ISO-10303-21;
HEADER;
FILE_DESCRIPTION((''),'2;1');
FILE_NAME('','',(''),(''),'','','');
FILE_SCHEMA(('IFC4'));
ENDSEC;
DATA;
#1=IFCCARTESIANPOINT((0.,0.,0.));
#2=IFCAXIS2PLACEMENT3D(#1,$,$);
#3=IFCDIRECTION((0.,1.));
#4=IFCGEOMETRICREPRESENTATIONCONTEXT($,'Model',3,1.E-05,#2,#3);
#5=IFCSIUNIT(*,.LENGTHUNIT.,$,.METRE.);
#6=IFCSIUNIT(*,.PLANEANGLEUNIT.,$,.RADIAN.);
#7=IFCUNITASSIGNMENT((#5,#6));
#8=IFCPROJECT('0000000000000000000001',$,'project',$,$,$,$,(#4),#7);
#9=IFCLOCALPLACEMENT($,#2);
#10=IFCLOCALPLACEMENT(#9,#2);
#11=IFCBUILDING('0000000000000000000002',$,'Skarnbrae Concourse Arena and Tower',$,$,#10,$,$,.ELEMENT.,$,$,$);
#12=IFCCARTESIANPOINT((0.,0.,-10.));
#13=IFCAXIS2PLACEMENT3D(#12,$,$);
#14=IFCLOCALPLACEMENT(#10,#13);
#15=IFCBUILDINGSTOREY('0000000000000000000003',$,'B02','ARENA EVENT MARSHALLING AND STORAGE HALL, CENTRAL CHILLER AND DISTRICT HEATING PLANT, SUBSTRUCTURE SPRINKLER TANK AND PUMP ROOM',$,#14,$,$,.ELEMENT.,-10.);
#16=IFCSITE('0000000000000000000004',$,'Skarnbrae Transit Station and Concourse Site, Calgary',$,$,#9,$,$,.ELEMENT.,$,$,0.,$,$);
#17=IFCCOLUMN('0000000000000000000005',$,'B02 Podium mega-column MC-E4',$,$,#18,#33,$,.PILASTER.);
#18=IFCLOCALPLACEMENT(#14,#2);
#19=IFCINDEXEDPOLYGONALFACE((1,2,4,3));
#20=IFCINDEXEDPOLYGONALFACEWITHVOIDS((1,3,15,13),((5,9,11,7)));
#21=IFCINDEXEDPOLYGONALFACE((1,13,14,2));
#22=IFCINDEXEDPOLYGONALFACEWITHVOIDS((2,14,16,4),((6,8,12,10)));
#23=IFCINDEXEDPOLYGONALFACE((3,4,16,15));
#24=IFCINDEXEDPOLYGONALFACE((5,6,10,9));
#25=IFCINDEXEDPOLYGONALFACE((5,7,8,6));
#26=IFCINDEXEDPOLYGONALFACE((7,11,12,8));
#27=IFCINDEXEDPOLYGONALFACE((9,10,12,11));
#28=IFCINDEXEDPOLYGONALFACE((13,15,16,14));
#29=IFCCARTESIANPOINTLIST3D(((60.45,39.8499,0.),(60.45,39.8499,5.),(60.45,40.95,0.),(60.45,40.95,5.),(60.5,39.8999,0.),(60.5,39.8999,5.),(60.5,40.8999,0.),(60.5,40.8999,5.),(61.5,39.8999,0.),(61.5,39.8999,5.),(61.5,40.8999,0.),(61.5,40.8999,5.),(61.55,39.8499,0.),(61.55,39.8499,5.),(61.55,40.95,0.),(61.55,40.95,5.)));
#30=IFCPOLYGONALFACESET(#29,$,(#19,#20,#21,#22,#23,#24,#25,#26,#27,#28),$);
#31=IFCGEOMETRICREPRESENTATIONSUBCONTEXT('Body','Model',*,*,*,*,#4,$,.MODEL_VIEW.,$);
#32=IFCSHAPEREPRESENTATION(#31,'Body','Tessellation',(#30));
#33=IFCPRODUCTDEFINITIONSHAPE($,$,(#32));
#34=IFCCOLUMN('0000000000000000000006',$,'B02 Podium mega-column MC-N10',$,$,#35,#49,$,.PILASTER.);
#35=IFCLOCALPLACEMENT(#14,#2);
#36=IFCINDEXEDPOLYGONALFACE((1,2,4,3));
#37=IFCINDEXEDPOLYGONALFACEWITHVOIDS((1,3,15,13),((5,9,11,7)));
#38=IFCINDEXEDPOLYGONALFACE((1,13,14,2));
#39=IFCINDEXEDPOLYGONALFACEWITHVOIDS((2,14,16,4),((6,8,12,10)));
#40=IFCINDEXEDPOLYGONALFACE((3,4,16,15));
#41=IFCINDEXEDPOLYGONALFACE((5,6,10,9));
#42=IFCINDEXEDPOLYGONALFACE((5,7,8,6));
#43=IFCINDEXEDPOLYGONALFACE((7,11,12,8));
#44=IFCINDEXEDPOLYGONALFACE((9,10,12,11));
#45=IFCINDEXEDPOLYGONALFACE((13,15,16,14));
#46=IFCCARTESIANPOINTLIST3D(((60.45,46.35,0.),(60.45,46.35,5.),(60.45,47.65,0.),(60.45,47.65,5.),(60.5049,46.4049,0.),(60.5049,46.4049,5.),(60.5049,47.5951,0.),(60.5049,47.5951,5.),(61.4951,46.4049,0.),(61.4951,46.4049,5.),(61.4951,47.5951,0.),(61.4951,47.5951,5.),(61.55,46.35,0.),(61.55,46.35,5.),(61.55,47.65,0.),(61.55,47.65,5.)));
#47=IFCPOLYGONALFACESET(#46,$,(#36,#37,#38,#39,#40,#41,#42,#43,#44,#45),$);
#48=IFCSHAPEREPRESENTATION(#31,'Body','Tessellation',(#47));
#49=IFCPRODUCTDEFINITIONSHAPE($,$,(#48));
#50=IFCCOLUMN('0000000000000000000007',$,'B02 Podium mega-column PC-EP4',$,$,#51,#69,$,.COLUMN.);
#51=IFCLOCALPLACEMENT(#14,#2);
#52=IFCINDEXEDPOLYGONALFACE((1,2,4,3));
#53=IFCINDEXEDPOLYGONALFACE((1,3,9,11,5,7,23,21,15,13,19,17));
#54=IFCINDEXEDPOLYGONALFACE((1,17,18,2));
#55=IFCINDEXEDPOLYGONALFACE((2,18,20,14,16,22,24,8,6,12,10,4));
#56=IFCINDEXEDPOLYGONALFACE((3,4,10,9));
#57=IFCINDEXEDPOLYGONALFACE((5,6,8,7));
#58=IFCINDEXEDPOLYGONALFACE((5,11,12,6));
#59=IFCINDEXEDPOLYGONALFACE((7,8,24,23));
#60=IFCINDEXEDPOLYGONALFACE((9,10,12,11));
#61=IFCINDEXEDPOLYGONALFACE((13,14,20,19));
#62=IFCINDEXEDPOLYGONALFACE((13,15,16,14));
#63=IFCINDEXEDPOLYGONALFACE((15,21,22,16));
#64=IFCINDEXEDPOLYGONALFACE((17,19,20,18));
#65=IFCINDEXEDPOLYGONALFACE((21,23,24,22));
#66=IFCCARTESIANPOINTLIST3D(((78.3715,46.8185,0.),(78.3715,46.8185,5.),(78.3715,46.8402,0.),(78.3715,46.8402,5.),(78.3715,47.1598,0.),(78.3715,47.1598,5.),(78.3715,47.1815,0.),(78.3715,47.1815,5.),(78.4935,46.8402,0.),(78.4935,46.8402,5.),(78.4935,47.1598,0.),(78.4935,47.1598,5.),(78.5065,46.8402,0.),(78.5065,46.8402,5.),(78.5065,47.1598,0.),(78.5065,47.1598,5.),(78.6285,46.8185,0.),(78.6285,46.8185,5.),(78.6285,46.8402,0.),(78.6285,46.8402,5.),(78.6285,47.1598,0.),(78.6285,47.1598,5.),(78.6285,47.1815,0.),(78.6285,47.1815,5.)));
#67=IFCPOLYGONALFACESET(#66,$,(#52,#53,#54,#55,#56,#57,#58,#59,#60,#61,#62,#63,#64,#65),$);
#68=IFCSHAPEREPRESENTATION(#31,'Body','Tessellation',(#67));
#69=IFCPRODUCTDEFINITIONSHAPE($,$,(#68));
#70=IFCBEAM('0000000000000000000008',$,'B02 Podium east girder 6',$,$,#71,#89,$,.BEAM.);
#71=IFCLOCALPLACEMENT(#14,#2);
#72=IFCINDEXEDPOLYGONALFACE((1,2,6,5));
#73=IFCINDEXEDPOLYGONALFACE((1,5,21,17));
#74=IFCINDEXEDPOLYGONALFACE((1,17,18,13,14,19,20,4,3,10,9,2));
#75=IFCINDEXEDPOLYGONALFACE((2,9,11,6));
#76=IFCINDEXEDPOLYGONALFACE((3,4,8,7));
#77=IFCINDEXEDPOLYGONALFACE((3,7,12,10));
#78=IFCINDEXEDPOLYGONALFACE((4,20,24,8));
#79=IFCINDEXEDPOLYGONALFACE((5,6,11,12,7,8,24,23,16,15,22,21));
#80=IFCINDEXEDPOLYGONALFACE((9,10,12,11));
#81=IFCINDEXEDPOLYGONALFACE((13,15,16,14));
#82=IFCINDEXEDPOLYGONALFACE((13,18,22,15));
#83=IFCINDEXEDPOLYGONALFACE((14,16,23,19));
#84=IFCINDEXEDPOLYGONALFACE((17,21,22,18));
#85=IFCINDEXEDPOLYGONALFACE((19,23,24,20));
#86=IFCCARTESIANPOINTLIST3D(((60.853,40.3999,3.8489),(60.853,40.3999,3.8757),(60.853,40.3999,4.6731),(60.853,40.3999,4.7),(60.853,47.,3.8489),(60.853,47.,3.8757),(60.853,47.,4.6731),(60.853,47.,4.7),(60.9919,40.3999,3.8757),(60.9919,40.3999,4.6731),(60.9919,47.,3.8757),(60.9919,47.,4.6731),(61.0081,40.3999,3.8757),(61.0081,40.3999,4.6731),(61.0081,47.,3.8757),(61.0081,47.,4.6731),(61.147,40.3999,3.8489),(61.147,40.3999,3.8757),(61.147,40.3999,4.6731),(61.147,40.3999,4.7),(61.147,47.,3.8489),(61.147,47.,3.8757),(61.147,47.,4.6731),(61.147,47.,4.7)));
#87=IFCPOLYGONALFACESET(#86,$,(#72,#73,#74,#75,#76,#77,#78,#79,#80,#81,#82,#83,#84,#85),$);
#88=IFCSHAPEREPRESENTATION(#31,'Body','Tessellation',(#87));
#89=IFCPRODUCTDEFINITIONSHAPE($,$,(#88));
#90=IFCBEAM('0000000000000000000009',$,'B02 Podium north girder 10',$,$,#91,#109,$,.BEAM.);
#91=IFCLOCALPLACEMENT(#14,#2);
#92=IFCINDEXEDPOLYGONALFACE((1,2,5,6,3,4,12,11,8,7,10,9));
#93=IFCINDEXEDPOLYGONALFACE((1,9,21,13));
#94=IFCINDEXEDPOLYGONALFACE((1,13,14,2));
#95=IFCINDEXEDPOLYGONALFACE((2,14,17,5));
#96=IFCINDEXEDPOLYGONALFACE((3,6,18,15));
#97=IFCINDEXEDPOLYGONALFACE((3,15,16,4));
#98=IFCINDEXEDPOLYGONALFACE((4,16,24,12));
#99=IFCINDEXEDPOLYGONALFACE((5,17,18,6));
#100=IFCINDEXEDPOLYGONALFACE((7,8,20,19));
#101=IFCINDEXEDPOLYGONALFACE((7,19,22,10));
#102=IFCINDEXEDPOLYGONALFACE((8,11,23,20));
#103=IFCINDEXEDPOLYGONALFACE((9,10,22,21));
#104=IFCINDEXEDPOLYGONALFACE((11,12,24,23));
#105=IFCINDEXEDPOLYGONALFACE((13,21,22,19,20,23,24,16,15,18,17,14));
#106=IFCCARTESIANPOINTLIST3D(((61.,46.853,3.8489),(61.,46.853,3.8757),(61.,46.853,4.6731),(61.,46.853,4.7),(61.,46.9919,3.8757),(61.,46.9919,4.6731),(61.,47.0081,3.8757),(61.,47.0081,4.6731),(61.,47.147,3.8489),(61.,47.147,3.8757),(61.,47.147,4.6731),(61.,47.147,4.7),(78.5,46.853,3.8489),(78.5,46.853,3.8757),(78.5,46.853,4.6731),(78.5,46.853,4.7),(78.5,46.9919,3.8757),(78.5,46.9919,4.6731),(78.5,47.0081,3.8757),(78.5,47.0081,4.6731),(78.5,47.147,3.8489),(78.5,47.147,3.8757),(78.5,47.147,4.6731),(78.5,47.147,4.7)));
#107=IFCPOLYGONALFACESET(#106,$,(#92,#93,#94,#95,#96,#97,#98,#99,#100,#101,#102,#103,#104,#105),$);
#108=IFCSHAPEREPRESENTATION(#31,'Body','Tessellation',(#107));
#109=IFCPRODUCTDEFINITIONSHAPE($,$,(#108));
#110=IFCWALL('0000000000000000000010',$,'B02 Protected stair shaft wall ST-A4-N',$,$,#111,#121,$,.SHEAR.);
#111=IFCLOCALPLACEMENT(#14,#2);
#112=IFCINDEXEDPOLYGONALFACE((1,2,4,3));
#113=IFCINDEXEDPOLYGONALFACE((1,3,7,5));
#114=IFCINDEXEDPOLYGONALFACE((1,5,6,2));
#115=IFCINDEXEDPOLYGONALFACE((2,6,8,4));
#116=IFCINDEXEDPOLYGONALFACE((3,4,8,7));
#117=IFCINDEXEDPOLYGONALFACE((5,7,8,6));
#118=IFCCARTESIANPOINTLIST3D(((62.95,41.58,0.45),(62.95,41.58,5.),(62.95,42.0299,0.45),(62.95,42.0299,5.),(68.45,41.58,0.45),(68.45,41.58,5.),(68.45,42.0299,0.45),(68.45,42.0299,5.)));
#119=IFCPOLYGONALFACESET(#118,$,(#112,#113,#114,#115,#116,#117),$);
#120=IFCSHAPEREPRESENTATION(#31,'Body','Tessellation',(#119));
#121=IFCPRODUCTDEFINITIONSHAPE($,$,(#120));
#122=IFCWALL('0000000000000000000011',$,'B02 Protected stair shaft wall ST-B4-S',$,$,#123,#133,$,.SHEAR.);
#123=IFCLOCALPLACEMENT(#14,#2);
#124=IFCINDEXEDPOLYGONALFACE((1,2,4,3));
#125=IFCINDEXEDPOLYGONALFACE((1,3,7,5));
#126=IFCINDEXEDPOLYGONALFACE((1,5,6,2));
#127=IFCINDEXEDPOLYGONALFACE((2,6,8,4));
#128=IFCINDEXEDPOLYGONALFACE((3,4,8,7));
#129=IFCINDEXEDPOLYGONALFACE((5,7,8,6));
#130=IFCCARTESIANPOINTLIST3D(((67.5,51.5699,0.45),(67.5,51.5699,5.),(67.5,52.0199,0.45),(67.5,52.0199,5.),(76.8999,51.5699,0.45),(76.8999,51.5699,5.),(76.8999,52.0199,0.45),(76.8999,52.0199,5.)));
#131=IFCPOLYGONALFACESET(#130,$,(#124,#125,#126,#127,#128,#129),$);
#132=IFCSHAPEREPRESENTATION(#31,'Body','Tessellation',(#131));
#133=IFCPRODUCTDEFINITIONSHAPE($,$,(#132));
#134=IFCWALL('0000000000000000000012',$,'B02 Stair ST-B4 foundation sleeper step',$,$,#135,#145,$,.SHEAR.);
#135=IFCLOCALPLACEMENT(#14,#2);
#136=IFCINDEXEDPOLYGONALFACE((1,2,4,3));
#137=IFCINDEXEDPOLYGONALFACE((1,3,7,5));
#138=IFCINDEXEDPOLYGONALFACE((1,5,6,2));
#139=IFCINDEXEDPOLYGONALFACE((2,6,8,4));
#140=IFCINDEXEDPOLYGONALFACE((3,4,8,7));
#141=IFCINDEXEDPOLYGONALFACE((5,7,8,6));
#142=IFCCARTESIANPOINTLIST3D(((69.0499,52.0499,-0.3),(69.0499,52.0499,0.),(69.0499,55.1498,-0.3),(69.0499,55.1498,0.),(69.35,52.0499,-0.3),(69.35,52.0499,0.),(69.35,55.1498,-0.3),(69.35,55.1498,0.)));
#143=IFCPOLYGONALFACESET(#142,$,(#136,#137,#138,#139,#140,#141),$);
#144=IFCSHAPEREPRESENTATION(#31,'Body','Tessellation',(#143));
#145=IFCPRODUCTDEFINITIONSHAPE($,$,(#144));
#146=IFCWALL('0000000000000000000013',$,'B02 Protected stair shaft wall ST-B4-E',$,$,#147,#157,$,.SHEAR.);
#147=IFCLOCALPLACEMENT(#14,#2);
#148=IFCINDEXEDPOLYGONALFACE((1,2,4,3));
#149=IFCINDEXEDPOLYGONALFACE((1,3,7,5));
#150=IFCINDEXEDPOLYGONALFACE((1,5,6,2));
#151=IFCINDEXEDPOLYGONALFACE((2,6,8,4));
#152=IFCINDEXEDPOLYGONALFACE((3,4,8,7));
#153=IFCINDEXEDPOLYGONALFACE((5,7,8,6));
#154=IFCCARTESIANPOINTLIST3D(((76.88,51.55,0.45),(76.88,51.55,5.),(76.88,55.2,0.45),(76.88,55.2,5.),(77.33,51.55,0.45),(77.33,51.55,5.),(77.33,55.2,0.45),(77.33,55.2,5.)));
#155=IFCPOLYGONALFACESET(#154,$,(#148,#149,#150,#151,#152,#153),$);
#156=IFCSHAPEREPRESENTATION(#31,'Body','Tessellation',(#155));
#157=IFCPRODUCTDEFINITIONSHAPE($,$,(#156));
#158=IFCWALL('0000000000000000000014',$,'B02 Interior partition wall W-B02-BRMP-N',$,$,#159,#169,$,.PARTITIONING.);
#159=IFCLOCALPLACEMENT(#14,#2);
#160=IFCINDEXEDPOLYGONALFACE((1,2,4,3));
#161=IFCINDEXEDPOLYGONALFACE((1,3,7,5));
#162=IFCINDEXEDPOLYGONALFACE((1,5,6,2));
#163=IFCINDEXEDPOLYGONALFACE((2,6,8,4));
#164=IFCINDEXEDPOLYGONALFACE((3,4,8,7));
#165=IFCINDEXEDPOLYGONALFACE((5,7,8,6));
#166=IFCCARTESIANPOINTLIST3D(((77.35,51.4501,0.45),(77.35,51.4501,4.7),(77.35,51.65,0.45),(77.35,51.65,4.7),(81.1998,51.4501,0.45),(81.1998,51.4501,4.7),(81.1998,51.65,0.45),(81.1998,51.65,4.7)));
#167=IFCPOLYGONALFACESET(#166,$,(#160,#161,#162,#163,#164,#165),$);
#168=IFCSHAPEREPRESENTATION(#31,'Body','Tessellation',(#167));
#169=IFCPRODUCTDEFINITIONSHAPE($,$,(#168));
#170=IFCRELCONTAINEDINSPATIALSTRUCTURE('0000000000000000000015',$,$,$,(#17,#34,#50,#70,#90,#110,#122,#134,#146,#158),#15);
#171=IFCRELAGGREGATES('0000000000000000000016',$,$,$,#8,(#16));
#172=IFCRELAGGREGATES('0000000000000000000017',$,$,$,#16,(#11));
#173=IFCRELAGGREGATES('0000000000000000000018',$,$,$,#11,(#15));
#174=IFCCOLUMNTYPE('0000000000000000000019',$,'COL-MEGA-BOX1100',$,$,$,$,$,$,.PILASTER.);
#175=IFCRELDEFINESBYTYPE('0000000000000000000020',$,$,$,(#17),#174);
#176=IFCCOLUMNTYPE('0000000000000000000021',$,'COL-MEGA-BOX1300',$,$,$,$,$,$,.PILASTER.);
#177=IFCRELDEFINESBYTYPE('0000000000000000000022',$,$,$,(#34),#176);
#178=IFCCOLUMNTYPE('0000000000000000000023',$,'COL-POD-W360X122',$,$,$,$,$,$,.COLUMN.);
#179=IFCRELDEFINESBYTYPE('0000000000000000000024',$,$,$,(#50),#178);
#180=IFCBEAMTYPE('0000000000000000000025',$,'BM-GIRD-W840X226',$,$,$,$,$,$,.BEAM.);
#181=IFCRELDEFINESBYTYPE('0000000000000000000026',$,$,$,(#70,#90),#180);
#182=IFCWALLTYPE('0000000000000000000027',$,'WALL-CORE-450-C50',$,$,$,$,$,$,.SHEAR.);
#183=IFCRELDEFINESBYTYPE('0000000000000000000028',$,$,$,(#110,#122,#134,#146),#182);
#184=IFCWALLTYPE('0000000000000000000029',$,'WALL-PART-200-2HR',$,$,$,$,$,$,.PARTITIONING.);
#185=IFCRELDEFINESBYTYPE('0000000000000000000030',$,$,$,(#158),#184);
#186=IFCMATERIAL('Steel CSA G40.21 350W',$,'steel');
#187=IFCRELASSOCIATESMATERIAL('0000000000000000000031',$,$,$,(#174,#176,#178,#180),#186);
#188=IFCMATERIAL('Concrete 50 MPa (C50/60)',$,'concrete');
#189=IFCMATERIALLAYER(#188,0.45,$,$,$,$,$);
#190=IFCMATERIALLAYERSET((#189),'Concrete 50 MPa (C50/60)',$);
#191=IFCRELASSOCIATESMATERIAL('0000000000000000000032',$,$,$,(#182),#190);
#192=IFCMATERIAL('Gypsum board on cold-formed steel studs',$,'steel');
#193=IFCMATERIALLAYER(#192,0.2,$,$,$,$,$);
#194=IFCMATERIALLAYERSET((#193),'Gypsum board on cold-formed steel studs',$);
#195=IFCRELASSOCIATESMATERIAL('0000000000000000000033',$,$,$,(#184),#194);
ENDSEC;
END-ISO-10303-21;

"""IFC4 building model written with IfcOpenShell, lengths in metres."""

from ifc_helpers import new_model, si_unit, direction, frame, frame_2d, origin, origin_2d, place, context, subcontext, project, spatial, rectangle, hollow_rectangle, i_section, extrude, source, transform, mapped, material, layer, layer_set, material_profile, profile_set, type_object, element, save


model = new_model("IFC4")

# Units and contexts
model_context = context("Model", 3, precision=1e-05, world=origin(), true_north=direction((0.0, 1.0)))
body_context = subcontext(model_context, "Body", "Model", "MODEL_VIEW")
ifc_project = project(units=[si_unit("LENGTHUNIT", "METRE"), si_unit("PLANEANGLEUNIT", "RADIAN")], contexts=[model_context])

# Site, building, storey
site_placement = place(None, origin())
site = spatial("IfcSite", under=ifc_project, at=site_placement, Name="Skarnbrae Transit Station and Concourse Site, Calgary", CompositionType="ELEMENT", RefElevation=0.0)
building_placement = place(site_placement, origin())
building = spatial("IfcBuilding", under=site, at=building_placement, Name="Skarnbrae Concourse Arena and Tower", CompositionType="ELEMENT")
storey_placement = place(building_placement, frame((0.0, 0.0, -10.0)))
storey = spatial("IfcBuildingStorey", under=building, at=storey_placement, Name="B02", Description="ARENA EVENT MARSHALLING AND STORAGE HALL, CENTRAL CHILLER AND DISTRICT HEATING PLANT, SUBSTRUCTURE SPRINKLER TANK AND PUMP ROOM", CompositionType="ELEMENT", Elevation=-10.0)

# Shared definitions
ifc_material_1 = material(Name="Concrete 50 MPa (C50/60)", Category="concrete")

# Columns
ifc_material_2 = material(Name="Steel CSA G40.21 350W", Category="steel")
ifc_material_profile_1 = material_profile(ifc_material_2, hollow_rectangle(XDim=1.1001, YDim=1.1001, WallThickness=0.05, at=origin_2d()), Name="BOX1100X1100X50")
ifc_profile_set_1 = profile_set([ifc_material_profile_1], Name="Steel CSA G40.21 350W")
column_type_1 = type_object("IfcColumnType", Name="COL-MEGA-BOX1100", PredefinedType="PILASTER", material=ifc_profile_set_1)
shared_shape_1 = source(origin(), body_context, "Body", "SweptSolid", [
    extrude(hollow_rectangle(XDim=1.1001, YDim=1.1001, WallThickness=0.05, at=origin_2d()), origin(), (0.0, 0.0, 1.0), 5.0),
])
column_1_placement = place(storey_placement, frame((61.0, 40.3999, 0.0), z_axis=(0.0, 0.0, 1.0), x_axis=(1.0, 0.0, 0.0)))
element("IfcColumn", 1, at=column_1_placement, inside=storey, type_object=column_type_1, Name="B02 Podium mega-column MC-E4", PredefinedType="PILASTER", context=body_context, shape_type="MappedRepresentation", body=[
    mapped(shared_shape_1, transform((0.0, 0.0, 0.0))),
])
ifc_material_profile_2 = material_profile(ifc_material_2, hollow_rectangle(XDim=1.1001, YDim=1.3, WallThickness=0.0549, at=origin_2d()), Name="BOX1300X1100X55")
ifc_profile_set_2 = profile_set([ifc_material_profile_2], Name="Steel CSA G40.21 350W")
column_type_2 = type_object("IfcColumnType", Name="COL-MEGA-BOX1300", PredefinedType="PILASTER", material=ifc_profile_set_2)
shared_shape_2 = source(origin(), body_context, "Body", "SweptSolid", [
    extrude(hollow_rectangle(XDim=1.1001, YDim=1.3, WallThickness=0.0549, at=origin_2d()), origin(), (0.0, 0.0, 1.0), 5.0),
])
column_2_placement = place(storey_placement, frame((61.0, 47.0, 0.0), z_axis=(0.0, 0.0, 1.0), x_axis=(1.0, 0.0, 0.0)))
element("IfcColumn", 2, at=column_2_placement, inside=storey, type_object=column_type_2, Name="B02 Podium mega-column MC-N10", PredefinedType="PILASTER", context=body_context, shape_type="MappedRepresentation", body=[
    mapped(shared_shape_2, transform((0.0, 0.0, 0.0))),
])
ifc_material_profile_3 = material_profile(ifc_material_2, i_section(OverallWidth=0.2571, OverallDepth=0.363, WebThickness=0.0129, FlangeThickness=0.0217, at=origin_2d()), Name="W360X122")
ifc_profile_set_3 = profile_set([ifc_material_profile_3], Name="Steel CSA G40.21 350W")
column_type_3 = type_object("IfcColumnType", Name="COL-POD-W360X122", PredefinedType="COLUMN", material=ifc_profile_set_3)
shared_shape_3 = source(origin(), body_context, "Body", "SweptSolid", [
    extrude(i_section(OverallWidth=0.2571, OverallDepth=0.363, WebThickness=0.0129, FlangeThickness=0.0217, at=origin_2d()), origin(), (0.0, 0.0, 1.0), 5.0),
])
column_3_placement = place(storey_placement, frame((78.5, 47.0, 0.0), z_axis=(0.0, 0.0, 1.0), x_axis=(1.0, 0.0, 0.0)))
element("IfcColumn", 3, at=column_3_placement, inside=storey, type_object=column_type_3, Name="B02 Podium mega-column PC-EP4", PredefinedType="COLUMN", context=body_context, shape_type="MappedRepresentation", body=[
    mapped(shared_shape_3, transform((0.0, 0.0, 0.0))),
])

# Beams
ifc_material_profile_4 = material_profile(ifc_material_2, i_section(OverallWidth=0.2939, OverallDepth=0.8511, WebThickness=0.0161, FlangeThickness=0.0269, at=origin_2d()), Name="W840X226")
ifc_profile_set_4 = profile_set([ifc_material_profile_4], Name="Steel CSA G40.21 350W")
beam_type = type_object("IfcBeamType", Name="BM-GIRD-W840X226", PredefinedType="BEAM", material=ifc_profile_set_4)
shared_shape_4 = source(origin(), body_context, "Body", "SweptSolid", [
    extrude(i_section(OverallWidth=0.2939, OverallDepth=0.8511, WebThickness=0.0161, FlangeThickness=0.0269, at=origin_2d()), origin(), (0.0, 0.0, 1.0), 6.6001),
])
beam_1_placement = place(storey_placement, frame((61.0, 40.3999, 4.2744), z_axis=(0.0, 1.0, 0.0), x_axis=(-1.0, 0.0, 0.0)))
element("IfcBeam", 4, at=beam_1_placement, inside=storey, type_object=beam_type, Name="B02 Podium east girder 6", PredefinedType="BEAM", context=body_context, shape_type="MappedRepresentation", body=[
    mapped(shared_shape_4, transform((0.0, 0.0, 0.0))),
])
shared_shape_5 = source(origin(), body_context, "Body", "SweptSolid", [
    extrude(i_section(OverallWidth=0.2939, OverallDepth=0.8511, WebThickness=0.0161, FlangeThickness=0.0269, at=origin_2d()), origin(), (0.0, 0.0, 1.0), 17.5),
])
beam_2_placement = place(storey_placement, frame((61.0, 47.0, 4.2744), z_axis=(1.0, 0.0, 0.0), x_axis=(0.0, 1.0, 0.0)))
element("IfcBeam", 5, at=beam_2_placement, inside=storey, type_object=beam_type, Name="B02 Podium north girder 10", PredefinedType="BEAM", context=body_context, shape_type="MappedRepresentation", body=[
    mapped(shared_shape_5, transform((0.0, 0.0, 0.0))),
])

# Walls
ifc_layer_1 = layer(ifc_material_1, 0.45)
ifc_layer_set_1 = layer_set([ifc_layer_1], Name="Concrete 50 MPa (C50/60)")
wall_type_1 = type_object("IfcWallType", Name="WALL-CORE-450-C50", PredefinedType="SHEAR", material=ifc_layer_set_1)
shared_shape_6 = source(origin(), body_context, "Body", "SweptSolid", [
    extrude(rectangle(XDim=5.5, YDim=0.45, at=frame_2d((2.75, 0.0))), origin(), (0.0, 0.0, 1.0), 4.55),
])
wall_1_placement = place(storey_placement, frame((62.95, 41.8049, 0.45), z_axis=(0.0, 0.0, 1.0), x_axis=(1.0, 0.0, 0.0)))
element("IfcWall", 6, at=wall_1_placement, inside=storey, type_object=wall_type_1, Name="B02 Protected stair shaft wall ST-A4-N", PredefinedType="SHEAR", context=body_context, shape_type="MappedRepresentation", body=[
    mapped(shared_shape_6, transform((0.0, 0.0, 0.0))),
])
shared_shape_7 = source(origin(), body_context, "Body", "SweptSolid", [
    extrude(rectangle(XDim=9.3999, YDim=0.45, at=frame_2d((4.7, 0.0))), origin(), (0.0, 0.0, 1.0), 4.55),
])
wall_2_placement = place(storey_placement, frame((67.5, 51.7949, 0.45), z_axis=(0.0, 0.0, 1.0), x_axis=(1.0, 0.0, 0.0)))
element("IfcWall", 7, at=wall_2_placement, inside=storey, type_object=wall_type_1, Name="B02 Protected stair shaft wall ST-B4-S", PredefinedType="SHEAR", context=body_context, shape_type="MappedRepresentation", body=[
    mapped(shared_shape_7, transform((0.0, 0.0, 0.0))),
])
shared_shape_8 = source(origin(), body_context, "Body", "SweptSolid", [
    extrude(rectangle(XDim=3.0999, YDim=0.3, at=frame_2d((1.5498, 0.0))), origin(), (0.0, 0.0, 1.0), 0.3),
])
wall_3_placement = place(storey_placement, frame((69.2, 52.05, -0.3), z_axis=(0.0, 0.0, 1.0), x_axis=(0.0, 1.0, 0.0)))
element("IfcWall", 8, at=wall_3_placement, inside=storey, type_object=wall_type_1, Name="B02 Stair ST-B4 foundation sleeper step", PredefinedType="SHEAR", context=body_context, shape_type="MappedRepresentation", body=[
    mapped(shared_shape_8, transform((0.0, 0.0, 0.0))),
])

# Shared definitions
shared_shape_9 = source(origin(), body_context, "Body", "SweptSolid", [
    extrude(rectangle(XDim=3.6499, YDim=0.45, at=frame_2d((1.825, 0.0))), origin(), (0.0, 0.0, 1.0), 4.55),
])

# Walls
wall_4_placement = place(storey_placement, frame((77.105, 51.55, 0.45), z_axis=(0.0, 0.0, 1.0), x_axis=(0.0, 1.0, 0.0)))
element("IfcWall", 9, at=wall_4_placement, inside=storey, type_object=wall_type_1, Name="B02 Protected stair shaft wall ST-B4-E", PredefinedType="SHEAR", context=body_context, shape_type="MappedRepresentation", body=[
    mapped(shared_shape_9, transform((0.0, 0.0, 0.0))),
])
ifc_material_3 = material(Name="Gypsum board on cold-formed steel studs", Category="steel")
ifc_layer_2 = layer(ifc_material_3, 0.2)
ifc_layer_set_2 = layer_set([ifc_layer_2], Name="Gypsum board on cold-formed steel studs")
wall_type_2 = type_object("IfcWallType", Name="WALL-PART-200-2HR", PredefinedType="PARTITIONING", material=ifc_layer_set_2)
shared_shape_10 = source(origin(), body_context, "Body", "SweptSolid", [
    extrude(rectangle(XDim=3.8499, YDim=0.2, at=frame_2d((1.9248, 0.0))), origin(), (0.0, 0.0, 1.0), 4.25),
])
wall_5_placement = place(storey_placement, frame((77.3501, 51.55, 0.45), z_axis=(0.0, 0.0, 1.0), x_axis=(1.0, 0.0, 0.0)))
element("IfcWall", 10, at=wall_5_placement, inside=storey, type_object=wall_type_2, Name="B02 Interior partition wall W-B02-BRMP-N", PredefinedType="PARTITIONING", context=body_context, shape_type="MappedRepresentation", body=[
    mapped(shared_shape_10, transform((0.0, 0.0, 0.0))),
])

save(model, "model.ifc")
